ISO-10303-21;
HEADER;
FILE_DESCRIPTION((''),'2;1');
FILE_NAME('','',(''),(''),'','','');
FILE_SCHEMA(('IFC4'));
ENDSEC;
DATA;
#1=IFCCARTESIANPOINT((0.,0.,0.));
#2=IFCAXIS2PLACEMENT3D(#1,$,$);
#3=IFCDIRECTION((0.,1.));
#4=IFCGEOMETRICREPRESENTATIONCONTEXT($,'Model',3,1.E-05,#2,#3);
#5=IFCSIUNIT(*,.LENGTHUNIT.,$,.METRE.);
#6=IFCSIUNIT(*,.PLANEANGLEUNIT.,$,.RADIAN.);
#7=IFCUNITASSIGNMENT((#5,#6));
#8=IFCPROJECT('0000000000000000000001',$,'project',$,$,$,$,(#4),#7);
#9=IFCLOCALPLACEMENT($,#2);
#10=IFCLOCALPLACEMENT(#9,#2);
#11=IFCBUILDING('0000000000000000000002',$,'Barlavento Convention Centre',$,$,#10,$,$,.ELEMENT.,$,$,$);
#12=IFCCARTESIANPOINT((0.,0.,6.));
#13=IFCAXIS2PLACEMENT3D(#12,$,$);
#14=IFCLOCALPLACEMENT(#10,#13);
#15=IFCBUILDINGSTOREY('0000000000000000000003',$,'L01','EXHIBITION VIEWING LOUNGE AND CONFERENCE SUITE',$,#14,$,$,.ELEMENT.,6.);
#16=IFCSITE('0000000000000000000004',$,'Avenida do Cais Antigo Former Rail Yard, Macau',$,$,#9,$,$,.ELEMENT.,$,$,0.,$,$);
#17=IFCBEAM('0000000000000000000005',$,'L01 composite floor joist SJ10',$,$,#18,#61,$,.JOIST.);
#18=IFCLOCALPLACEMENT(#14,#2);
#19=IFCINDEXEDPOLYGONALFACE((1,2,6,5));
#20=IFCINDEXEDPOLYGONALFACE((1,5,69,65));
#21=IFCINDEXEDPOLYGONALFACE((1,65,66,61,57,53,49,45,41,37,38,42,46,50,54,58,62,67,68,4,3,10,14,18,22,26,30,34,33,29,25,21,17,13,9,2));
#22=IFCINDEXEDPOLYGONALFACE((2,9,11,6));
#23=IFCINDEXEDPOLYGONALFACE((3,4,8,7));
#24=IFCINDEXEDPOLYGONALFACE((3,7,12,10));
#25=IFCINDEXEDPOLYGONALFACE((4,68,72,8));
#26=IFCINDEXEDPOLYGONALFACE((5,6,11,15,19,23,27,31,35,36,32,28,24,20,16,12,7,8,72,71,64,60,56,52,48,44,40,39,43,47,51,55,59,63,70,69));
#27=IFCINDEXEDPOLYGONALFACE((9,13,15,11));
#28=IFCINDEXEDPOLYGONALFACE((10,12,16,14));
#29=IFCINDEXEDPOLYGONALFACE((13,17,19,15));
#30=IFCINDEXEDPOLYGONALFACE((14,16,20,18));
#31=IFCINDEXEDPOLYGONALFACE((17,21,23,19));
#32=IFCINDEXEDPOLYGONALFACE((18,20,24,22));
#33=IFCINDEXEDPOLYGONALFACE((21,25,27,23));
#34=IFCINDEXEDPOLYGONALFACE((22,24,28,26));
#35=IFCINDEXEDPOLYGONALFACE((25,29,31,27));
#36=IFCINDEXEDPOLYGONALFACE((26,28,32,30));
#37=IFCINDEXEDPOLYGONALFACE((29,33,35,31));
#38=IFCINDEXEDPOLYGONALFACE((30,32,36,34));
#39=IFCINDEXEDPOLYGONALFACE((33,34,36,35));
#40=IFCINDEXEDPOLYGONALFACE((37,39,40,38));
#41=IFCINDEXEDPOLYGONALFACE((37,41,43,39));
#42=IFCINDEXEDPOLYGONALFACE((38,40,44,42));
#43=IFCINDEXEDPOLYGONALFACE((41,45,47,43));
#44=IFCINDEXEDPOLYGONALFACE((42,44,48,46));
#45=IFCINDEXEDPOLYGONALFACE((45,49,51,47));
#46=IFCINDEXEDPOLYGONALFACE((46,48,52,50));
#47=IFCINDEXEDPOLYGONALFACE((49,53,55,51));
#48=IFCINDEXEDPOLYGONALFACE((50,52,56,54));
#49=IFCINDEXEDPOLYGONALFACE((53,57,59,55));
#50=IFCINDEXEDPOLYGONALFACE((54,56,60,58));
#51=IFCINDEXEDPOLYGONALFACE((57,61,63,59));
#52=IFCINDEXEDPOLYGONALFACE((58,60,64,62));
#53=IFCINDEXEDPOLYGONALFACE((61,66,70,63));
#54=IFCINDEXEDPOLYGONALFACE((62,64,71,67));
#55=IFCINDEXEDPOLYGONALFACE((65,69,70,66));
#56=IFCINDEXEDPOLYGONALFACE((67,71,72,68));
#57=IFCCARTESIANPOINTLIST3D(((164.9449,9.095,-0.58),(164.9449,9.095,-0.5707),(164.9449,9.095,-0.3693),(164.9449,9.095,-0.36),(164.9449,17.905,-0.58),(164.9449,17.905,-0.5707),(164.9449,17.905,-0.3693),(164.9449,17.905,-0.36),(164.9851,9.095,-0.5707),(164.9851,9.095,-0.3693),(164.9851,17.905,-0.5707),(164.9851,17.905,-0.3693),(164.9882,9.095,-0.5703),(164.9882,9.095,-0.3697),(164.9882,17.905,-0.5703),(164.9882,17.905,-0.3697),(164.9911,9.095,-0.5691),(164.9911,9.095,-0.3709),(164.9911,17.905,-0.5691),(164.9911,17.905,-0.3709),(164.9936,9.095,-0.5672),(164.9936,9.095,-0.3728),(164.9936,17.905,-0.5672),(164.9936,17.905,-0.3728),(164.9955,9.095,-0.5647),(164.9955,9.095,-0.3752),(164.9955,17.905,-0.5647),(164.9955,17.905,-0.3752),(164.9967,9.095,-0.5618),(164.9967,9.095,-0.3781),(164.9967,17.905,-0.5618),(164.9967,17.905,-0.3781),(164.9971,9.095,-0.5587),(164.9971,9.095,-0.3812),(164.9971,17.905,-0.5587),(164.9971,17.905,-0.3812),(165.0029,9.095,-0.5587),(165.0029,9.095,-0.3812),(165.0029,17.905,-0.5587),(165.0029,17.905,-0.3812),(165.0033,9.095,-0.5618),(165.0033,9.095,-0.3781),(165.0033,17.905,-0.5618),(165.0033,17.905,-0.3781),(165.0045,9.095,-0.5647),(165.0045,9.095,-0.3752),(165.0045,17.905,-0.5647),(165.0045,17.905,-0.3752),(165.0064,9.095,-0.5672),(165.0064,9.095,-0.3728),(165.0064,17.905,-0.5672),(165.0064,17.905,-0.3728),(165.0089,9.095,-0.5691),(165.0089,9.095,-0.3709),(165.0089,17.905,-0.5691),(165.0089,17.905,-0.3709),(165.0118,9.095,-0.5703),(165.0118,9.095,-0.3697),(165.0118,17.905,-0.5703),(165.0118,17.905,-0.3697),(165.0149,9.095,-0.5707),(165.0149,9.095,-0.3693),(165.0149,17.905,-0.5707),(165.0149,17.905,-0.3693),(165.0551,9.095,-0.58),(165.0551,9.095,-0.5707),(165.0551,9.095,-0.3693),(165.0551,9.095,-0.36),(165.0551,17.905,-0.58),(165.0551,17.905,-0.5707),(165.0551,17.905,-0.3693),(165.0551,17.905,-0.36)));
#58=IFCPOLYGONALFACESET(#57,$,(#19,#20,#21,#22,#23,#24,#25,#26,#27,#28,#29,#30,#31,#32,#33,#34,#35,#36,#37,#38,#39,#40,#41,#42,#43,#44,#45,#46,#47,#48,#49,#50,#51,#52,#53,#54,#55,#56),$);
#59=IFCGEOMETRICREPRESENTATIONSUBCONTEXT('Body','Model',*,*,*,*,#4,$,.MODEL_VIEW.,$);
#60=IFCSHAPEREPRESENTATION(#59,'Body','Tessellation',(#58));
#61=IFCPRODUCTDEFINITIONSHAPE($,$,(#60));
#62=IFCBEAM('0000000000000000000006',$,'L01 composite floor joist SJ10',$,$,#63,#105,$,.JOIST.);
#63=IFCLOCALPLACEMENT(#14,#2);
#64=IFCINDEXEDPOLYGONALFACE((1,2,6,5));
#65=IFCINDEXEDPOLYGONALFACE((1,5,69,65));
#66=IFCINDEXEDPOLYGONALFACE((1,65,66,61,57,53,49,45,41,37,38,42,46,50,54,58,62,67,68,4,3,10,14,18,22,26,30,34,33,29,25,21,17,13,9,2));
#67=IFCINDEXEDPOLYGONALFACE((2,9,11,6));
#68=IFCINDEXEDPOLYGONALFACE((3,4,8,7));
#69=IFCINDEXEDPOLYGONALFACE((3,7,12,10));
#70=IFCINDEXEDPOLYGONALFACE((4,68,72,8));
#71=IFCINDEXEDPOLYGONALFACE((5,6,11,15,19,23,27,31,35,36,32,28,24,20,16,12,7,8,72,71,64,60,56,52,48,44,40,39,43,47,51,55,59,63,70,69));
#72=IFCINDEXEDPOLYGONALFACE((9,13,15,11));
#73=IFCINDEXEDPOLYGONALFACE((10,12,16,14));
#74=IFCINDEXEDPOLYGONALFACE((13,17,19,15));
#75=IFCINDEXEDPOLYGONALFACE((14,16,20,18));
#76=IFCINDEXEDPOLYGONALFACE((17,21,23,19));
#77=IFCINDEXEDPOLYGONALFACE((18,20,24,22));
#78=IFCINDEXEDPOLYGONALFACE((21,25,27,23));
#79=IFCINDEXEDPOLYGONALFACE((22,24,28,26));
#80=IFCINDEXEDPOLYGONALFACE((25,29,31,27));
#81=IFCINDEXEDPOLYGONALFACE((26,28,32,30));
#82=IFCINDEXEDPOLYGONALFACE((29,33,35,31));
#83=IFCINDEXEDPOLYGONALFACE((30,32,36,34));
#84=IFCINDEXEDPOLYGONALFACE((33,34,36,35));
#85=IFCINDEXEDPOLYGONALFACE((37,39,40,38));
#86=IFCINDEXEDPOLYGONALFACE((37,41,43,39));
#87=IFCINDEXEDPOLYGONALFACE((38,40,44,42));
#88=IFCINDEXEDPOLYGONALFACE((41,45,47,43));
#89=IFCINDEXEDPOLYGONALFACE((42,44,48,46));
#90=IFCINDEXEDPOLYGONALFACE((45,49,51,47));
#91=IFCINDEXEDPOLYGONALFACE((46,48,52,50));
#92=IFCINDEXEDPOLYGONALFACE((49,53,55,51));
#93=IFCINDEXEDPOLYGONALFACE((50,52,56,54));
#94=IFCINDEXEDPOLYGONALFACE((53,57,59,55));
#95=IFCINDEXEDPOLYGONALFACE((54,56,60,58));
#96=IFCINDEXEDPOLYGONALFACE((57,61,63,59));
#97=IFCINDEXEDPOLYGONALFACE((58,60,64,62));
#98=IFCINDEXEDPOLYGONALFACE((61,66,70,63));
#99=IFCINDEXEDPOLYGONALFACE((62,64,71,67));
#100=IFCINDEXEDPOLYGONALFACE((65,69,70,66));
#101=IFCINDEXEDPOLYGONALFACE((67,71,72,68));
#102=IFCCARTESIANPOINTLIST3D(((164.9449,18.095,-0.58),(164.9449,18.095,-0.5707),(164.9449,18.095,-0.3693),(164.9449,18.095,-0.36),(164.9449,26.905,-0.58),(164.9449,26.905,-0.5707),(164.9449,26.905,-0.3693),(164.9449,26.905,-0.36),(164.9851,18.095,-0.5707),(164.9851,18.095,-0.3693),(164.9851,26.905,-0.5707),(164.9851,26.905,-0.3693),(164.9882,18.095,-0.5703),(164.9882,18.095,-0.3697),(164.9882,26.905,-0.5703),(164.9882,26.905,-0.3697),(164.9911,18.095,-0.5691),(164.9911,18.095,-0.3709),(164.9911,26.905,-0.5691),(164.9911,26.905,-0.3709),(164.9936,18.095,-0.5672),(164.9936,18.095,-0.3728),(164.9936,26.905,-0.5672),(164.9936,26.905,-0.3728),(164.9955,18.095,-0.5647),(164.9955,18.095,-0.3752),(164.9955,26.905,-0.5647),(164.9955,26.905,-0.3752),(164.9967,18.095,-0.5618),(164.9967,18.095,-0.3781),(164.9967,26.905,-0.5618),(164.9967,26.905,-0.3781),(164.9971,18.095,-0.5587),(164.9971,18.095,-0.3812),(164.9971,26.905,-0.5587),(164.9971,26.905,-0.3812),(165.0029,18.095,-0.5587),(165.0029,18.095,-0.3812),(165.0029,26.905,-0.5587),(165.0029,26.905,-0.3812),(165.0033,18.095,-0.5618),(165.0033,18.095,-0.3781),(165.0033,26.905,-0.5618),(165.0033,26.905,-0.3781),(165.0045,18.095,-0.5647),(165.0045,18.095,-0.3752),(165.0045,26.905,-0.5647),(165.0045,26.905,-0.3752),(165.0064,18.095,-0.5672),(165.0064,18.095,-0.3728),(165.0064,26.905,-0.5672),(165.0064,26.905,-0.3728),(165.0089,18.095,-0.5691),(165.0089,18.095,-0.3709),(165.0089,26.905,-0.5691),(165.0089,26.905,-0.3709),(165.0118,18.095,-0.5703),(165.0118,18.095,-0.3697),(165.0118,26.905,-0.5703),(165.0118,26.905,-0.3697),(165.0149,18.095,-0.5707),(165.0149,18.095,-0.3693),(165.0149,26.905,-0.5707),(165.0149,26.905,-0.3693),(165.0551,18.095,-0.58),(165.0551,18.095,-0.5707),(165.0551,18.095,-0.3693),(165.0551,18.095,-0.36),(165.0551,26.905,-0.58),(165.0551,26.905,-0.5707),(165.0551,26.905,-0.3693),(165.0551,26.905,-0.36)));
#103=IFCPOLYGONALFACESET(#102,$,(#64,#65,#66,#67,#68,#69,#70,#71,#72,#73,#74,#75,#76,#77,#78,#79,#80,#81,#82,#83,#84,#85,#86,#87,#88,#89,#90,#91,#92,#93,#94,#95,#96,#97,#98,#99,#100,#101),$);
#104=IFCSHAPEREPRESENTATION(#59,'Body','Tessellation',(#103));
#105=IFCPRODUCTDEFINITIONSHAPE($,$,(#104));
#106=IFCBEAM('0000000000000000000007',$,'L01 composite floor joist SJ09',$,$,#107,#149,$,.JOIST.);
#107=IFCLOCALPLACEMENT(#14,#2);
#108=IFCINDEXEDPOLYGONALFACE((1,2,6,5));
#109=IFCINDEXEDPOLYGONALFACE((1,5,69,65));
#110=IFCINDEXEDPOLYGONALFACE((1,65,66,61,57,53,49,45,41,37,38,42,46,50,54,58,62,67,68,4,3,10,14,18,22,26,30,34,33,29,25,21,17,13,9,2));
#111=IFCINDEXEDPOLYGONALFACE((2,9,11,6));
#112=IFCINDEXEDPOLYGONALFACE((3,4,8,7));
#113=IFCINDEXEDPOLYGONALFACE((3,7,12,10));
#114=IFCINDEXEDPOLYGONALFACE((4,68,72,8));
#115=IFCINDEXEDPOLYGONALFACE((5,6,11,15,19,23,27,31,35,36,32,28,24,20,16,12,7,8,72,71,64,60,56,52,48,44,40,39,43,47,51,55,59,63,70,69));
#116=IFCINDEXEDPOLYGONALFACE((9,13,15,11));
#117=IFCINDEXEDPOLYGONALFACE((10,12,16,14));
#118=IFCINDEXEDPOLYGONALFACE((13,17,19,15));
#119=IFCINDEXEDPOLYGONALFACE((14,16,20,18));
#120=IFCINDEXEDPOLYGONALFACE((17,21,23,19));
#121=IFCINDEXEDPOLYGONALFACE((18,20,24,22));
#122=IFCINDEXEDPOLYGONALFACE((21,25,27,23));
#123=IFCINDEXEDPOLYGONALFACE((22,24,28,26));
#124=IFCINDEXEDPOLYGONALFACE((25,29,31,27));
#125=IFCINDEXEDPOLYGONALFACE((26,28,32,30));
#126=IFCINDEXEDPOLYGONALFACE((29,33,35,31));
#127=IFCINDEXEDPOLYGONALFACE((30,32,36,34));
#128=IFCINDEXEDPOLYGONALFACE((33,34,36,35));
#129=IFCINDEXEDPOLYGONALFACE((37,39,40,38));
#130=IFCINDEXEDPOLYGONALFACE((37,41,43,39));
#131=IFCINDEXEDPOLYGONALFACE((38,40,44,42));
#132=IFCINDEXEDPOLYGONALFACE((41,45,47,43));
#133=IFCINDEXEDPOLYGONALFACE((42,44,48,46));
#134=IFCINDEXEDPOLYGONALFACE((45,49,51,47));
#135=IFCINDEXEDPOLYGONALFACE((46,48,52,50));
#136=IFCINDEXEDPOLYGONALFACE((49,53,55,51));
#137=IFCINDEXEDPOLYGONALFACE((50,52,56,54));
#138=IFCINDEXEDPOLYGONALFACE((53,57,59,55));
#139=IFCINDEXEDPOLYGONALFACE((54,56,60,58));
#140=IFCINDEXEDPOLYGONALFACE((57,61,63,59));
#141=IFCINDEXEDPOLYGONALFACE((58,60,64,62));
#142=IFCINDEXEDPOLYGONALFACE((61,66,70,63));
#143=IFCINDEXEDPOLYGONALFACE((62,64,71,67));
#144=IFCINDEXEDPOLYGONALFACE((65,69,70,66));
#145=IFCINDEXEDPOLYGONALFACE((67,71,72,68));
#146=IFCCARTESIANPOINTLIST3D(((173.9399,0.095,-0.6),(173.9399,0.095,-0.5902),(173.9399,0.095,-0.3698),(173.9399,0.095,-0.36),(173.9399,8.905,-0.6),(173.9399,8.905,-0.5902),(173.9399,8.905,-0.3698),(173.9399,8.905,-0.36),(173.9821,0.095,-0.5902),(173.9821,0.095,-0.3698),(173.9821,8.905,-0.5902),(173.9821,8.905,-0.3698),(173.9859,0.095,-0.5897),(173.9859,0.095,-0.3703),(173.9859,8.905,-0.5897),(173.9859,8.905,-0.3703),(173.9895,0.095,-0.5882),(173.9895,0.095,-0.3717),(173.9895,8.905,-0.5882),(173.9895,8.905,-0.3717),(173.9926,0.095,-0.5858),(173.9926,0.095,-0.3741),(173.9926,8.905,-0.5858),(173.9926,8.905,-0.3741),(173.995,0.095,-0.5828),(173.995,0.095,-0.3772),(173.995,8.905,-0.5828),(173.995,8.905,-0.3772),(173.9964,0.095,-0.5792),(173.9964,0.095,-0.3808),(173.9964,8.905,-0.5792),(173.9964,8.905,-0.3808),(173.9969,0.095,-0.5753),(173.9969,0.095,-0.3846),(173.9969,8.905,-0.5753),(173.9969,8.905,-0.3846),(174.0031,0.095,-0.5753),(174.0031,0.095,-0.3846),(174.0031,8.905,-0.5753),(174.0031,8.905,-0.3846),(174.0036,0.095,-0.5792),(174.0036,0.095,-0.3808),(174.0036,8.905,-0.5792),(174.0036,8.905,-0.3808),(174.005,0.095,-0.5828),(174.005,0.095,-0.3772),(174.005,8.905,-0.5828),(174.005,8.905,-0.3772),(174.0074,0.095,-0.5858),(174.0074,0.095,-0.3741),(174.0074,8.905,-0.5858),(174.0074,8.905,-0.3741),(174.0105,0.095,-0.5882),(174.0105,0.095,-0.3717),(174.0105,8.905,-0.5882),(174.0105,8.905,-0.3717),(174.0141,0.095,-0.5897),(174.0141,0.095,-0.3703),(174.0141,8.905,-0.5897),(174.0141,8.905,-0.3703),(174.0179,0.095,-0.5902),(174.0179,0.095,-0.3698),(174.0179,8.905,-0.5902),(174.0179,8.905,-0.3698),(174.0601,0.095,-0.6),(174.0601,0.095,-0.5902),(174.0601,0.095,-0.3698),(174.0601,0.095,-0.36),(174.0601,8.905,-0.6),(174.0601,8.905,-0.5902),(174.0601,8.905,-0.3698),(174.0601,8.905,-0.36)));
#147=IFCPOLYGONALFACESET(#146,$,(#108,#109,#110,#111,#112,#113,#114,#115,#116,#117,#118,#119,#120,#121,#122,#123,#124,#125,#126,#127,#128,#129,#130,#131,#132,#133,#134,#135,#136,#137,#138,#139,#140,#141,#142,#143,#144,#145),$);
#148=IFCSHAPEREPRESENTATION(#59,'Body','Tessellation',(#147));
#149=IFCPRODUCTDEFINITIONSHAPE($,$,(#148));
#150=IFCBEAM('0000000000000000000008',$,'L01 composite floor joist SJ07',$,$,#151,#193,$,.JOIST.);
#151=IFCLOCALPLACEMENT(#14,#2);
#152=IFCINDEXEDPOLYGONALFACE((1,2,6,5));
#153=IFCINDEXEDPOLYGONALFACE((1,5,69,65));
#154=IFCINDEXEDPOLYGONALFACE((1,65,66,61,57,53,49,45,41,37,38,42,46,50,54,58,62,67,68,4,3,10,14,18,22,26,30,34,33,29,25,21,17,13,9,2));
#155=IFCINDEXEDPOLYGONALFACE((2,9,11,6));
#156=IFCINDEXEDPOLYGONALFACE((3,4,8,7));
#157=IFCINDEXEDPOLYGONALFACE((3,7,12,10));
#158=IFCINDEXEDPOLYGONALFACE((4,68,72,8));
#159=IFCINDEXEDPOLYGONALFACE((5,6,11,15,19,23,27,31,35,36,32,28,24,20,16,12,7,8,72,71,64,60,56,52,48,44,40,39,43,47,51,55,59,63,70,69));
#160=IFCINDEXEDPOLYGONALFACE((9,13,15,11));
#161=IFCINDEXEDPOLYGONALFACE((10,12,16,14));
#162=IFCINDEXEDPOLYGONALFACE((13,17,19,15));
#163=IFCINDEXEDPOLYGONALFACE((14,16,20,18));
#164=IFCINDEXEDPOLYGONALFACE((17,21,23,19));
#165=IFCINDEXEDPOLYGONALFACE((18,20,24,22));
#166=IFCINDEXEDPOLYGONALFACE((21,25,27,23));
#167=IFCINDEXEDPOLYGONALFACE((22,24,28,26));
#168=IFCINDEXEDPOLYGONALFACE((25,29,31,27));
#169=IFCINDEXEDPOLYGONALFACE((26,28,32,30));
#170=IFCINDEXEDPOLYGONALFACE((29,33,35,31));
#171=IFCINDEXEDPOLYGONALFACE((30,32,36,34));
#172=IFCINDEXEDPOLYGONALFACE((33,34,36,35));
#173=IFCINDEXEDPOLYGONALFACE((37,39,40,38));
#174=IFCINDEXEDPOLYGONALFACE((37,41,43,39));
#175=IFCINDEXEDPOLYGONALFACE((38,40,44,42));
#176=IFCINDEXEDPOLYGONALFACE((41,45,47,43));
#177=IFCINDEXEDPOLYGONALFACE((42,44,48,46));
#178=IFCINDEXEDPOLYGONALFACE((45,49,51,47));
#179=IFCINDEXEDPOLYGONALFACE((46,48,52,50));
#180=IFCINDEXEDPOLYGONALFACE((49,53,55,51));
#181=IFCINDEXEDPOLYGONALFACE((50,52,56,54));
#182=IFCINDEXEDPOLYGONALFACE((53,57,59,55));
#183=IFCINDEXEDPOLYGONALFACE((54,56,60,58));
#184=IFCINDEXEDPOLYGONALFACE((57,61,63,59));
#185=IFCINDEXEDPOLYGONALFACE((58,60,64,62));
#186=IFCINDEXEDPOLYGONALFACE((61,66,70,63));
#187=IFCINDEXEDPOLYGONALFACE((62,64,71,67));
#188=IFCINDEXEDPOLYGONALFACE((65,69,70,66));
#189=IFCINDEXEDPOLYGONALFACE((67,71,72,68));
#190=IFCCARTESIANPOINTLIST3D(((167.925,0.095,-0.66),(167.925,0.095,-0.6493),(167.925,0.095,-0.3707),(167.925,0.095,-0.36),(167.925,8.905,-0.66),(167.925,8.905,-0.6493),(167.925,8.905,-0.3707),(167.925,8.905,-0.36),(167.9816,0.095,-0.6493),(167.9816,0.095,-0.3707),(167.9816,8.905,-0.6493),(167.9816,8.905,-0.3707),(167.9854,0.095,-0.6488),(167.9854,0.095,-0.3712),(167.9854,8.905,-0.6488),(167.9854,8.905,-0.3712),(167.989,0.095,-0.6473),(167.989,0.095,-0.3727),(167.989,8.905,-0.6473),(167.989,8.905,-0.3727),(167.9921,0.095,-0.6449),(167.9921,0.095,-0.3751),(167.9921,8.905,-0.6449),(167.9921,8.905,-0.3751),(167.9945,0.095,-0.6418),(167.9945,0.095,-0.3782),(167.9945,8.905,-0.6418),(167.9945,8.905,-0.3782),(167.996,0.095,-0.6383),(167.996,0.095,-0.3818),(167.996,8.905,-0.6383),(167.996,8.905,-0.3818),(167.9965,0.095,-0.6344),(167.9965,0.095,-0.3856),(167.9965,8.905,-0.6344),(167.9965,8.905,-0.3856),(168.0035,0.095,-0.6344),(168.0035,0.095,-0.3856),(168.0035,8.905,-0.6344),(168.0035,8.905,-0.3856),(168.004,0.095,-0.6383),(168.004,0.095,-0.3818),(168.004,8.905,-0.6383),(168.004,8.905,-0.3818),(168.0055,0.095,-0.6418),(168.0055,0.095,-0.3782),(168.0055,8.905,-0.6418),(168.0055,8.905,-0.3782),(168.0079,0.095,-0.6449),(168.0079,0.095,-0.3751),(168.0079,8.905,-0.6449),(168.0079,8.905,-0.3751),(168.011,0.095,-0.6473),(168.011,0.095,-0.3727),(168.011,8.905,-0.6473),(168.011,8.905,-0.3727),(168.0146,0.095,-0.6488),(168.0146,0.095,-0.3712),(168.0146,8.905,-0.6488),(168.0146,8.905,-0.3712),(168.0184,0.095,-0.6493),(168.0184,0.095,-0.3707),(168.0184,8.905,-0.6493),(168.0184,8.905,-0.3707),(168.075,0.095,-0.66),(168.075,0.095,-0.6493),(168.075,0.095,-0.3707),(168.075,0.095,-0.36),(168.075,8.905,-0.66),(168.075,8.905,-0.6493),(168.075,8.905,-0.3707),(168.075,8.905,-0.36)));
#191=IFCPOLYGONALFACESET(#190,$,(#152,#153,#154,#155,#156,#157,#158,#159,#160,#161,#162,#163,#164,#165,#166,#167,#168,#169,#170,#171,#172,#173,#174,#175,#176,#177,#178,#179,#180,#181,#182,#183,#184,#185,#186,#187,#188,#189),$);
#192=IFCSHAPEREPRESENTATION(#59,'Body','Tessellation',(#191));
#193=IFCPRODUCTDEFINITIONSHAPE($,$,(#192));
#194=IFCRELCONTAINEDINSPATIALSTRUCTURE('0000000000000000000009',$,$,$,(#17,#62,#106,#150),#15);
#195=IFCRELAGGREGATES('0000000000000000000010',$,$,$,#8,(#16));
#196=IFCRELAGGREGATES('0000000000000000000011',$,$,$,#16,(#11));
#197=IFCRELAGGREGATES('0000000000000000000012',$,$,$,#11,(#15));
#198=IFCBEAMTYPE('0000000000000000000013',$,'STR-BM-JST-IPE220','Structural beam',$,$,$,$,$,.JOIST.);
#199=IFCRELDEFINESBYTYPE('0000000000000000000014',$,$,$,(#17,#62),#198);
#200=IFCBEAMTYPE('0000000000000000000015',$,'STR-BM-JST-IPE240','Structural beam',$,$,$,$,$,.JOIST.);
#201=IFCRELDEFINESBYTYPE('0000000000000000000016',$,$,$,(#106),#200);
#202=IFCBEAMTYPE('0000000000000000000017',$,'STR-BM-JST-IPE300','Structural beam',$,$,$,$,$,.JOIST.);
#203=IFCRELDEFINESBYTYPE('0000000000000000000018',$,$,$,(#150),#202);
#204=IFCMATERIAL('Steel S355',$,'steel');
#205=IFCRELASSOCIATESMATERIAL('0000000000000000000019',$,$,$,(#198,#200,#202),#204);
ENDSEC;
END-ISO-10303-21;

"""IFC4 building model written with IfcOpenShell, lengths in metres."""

from ifc_helpers import new_model, si_unit, direction, frame, origin, origin_2d, place, context, subcontext, project, spatial, i_section, extrude, material, material_profile, profile_set, type_object, element, save


model = new_model("IFC4")

# Units and contexts
model_context = context("Model", 3, precision=1e-05, world=origin(), true_north=direction((0.0, 1.0)))
body_context = subcontext(model_context, "Body", "Model", "MODEL_VIEW")
ifc_project = project(units=[si_unit("LENGTHUNIT", "METRE"), si_unit("PLANEANGLEUNIT", "RADIAN")], contexts=[model_context])

# Site, building, storey
site_placement = place(None, origin())
site = spatial("IfcSite", under=ifc_project, at=site_placement, Name="Avenida do Cais Antigo Former Rail Yard, Macau", CompositionType="ELEMENT", RefElevation=0.0)
building_placement = place(site_placement, origin())
building = spatial("IfcBuilding", under=site, at=building_placement, Name="Barlavento Convention Centre", CompositionType="ELEMENT")
storey_placement = place(building_placement, frame((0.0, 0.0, 6.0)))
storey = spatial("IfcBuildingStorey", under=building, at=storey_placement, Name="L01", Description="EXHIBITION VIEWING LOUNGE AND CONFERENCE SUITE", CompositionType="ELEMENT", Elevation=6.0)

# Shared definitions
ifc_material = material(Name="Steel S355", Category="steel")

# Beams
ifc_material_profile_1 = material_profile(ifc_material, i_section(OverallWidth=0.1101, OverallDepth=0.22, WebThickness=0.0059, FlangeThickness=0.0093, FilletRadius=0.012, at=origin_2d()), Name="IPE 220")
ifc_profile_set_1 = profile_set([ifc_material_profile_1], Name="Steel S355")
beam_type_1 = type_object("IfcBeamType", Name="STR-BM-JST-IPE220", Description="Structural beam", PredefinedType="JOIST", material=ifc_profile_set_1)
for number, where, z_axis, x_axis, name in (
    (1, (165.0, 9.095, -0.47), (0.0, 1.0, 0.0), (-1.0, 0.0, 0.0), "L01 composite floor joist SJ10"),
    (2, (165.0, 18.095, -0.47), (0.0, 1.0, 0.0), (-1.0, 0.0, 0.0), "L01 composite floor joist SJ10"),
):
    element("IfcBeam", number, at=place(storey_placement, frame(where, z_axis=z_axis, x_axis=x_axis)), inside=storey, type_object=beam_type_1, Name=name, PredefinedType="JOIST", context=body_context, shape_type="SweptSolid", body=[
        extrude(i_section(OverallWidth=0.1101, OverallDepth=0.22, WebThickness=0.0059, FlangeThickness=0.0093, FilletRadius=0.012, at=origin_2d()), origin(), (0.0, 0.0, 1.0), 8.8101),
    ])
ifc_material_profile_2 = material_profile(ifc_material, i_section(OverallWidth=0.1201, OverallDepth=0.24, WebThickness=0.0061, FlangeThickness=0.0098, FilletRadius=0.0149, at=origin_2d()), Name="IPE 240")
ifc_profile_set_2 = profile_set([ifc_material_profile_2], Name="Steel S355")
beam_type_2 = type_object("IfcBeamType", Name="STR-BM-JST-IPE240", Description="Structural beam", PredefinedType="JOIST", material=ifc_profile_set_2)
beam_1_placement = place(storey_placement, frame((174.0, 0.095, -0.48), z_axis=(0.0, 1.0, 0.0), x_axis=(-1.0, 0.0, 0.0)))
element("IfcBeam", 3, at=beam_1_placement, inside=storey, type_object=beam_type_2, Name="L01 composite floor joist SJ09", PredefinedType="JOIST", context=body_context, shape_type="SweptSolid", body=[
    extrude(i_section(OverallWidth=0.1201, OverallDepth=0.24, WebThickness=0.0061, FlangeThickness=0.0098, FilletRadius=0.0149, at=origin_2d()), origin(), (0.0, 0.0, 1.0), 8.8101),
])
ifc_material_profile_3 = material_profile(ifc_material, i_section(OverallWidth=0.1499, OverallDepth=0.3, WebThickness=0.0071, FlangeThickness=0.0107, FilletRadius=0.0149, at=origin_2d()), Name="IPE 300")
ifc_profile_set_3 = profile_set([ifc_material_profile_3], Name="Steel S355")
beam_type_3 = type_object("IfcBeamType", Name="STR-BM-JST-IPE300", Description="Structural beam", PredefinedType="JOIST", material=ifc_profile_set_3)
beam_2_placement = place(storey_placement, frame((168.0, 0.095, -0.51), z_axis=(0.0, 1.0, 0.0), x_axis=(-1.0, 0.0, 0.0)))
element("IfcBeam", 4, at=beam_2_placement, inside=storey, type_object=beam_type_3, Name="L01 composite floor joist SJ07", PredefinedType="JOIST", context=body_context, shape_type="SweptSolid", body=[
    extrude(i_section(OverallWidth=0.1499, OverallDepth=0.3, WebThickness=0.0071, FlangeThickness=0.0107, FilletRadius=0.0149, at=origin_2d()), origin(), (0.0, 0.0, 1.0), 8.8101),
])

save(model, "model.ifc")
